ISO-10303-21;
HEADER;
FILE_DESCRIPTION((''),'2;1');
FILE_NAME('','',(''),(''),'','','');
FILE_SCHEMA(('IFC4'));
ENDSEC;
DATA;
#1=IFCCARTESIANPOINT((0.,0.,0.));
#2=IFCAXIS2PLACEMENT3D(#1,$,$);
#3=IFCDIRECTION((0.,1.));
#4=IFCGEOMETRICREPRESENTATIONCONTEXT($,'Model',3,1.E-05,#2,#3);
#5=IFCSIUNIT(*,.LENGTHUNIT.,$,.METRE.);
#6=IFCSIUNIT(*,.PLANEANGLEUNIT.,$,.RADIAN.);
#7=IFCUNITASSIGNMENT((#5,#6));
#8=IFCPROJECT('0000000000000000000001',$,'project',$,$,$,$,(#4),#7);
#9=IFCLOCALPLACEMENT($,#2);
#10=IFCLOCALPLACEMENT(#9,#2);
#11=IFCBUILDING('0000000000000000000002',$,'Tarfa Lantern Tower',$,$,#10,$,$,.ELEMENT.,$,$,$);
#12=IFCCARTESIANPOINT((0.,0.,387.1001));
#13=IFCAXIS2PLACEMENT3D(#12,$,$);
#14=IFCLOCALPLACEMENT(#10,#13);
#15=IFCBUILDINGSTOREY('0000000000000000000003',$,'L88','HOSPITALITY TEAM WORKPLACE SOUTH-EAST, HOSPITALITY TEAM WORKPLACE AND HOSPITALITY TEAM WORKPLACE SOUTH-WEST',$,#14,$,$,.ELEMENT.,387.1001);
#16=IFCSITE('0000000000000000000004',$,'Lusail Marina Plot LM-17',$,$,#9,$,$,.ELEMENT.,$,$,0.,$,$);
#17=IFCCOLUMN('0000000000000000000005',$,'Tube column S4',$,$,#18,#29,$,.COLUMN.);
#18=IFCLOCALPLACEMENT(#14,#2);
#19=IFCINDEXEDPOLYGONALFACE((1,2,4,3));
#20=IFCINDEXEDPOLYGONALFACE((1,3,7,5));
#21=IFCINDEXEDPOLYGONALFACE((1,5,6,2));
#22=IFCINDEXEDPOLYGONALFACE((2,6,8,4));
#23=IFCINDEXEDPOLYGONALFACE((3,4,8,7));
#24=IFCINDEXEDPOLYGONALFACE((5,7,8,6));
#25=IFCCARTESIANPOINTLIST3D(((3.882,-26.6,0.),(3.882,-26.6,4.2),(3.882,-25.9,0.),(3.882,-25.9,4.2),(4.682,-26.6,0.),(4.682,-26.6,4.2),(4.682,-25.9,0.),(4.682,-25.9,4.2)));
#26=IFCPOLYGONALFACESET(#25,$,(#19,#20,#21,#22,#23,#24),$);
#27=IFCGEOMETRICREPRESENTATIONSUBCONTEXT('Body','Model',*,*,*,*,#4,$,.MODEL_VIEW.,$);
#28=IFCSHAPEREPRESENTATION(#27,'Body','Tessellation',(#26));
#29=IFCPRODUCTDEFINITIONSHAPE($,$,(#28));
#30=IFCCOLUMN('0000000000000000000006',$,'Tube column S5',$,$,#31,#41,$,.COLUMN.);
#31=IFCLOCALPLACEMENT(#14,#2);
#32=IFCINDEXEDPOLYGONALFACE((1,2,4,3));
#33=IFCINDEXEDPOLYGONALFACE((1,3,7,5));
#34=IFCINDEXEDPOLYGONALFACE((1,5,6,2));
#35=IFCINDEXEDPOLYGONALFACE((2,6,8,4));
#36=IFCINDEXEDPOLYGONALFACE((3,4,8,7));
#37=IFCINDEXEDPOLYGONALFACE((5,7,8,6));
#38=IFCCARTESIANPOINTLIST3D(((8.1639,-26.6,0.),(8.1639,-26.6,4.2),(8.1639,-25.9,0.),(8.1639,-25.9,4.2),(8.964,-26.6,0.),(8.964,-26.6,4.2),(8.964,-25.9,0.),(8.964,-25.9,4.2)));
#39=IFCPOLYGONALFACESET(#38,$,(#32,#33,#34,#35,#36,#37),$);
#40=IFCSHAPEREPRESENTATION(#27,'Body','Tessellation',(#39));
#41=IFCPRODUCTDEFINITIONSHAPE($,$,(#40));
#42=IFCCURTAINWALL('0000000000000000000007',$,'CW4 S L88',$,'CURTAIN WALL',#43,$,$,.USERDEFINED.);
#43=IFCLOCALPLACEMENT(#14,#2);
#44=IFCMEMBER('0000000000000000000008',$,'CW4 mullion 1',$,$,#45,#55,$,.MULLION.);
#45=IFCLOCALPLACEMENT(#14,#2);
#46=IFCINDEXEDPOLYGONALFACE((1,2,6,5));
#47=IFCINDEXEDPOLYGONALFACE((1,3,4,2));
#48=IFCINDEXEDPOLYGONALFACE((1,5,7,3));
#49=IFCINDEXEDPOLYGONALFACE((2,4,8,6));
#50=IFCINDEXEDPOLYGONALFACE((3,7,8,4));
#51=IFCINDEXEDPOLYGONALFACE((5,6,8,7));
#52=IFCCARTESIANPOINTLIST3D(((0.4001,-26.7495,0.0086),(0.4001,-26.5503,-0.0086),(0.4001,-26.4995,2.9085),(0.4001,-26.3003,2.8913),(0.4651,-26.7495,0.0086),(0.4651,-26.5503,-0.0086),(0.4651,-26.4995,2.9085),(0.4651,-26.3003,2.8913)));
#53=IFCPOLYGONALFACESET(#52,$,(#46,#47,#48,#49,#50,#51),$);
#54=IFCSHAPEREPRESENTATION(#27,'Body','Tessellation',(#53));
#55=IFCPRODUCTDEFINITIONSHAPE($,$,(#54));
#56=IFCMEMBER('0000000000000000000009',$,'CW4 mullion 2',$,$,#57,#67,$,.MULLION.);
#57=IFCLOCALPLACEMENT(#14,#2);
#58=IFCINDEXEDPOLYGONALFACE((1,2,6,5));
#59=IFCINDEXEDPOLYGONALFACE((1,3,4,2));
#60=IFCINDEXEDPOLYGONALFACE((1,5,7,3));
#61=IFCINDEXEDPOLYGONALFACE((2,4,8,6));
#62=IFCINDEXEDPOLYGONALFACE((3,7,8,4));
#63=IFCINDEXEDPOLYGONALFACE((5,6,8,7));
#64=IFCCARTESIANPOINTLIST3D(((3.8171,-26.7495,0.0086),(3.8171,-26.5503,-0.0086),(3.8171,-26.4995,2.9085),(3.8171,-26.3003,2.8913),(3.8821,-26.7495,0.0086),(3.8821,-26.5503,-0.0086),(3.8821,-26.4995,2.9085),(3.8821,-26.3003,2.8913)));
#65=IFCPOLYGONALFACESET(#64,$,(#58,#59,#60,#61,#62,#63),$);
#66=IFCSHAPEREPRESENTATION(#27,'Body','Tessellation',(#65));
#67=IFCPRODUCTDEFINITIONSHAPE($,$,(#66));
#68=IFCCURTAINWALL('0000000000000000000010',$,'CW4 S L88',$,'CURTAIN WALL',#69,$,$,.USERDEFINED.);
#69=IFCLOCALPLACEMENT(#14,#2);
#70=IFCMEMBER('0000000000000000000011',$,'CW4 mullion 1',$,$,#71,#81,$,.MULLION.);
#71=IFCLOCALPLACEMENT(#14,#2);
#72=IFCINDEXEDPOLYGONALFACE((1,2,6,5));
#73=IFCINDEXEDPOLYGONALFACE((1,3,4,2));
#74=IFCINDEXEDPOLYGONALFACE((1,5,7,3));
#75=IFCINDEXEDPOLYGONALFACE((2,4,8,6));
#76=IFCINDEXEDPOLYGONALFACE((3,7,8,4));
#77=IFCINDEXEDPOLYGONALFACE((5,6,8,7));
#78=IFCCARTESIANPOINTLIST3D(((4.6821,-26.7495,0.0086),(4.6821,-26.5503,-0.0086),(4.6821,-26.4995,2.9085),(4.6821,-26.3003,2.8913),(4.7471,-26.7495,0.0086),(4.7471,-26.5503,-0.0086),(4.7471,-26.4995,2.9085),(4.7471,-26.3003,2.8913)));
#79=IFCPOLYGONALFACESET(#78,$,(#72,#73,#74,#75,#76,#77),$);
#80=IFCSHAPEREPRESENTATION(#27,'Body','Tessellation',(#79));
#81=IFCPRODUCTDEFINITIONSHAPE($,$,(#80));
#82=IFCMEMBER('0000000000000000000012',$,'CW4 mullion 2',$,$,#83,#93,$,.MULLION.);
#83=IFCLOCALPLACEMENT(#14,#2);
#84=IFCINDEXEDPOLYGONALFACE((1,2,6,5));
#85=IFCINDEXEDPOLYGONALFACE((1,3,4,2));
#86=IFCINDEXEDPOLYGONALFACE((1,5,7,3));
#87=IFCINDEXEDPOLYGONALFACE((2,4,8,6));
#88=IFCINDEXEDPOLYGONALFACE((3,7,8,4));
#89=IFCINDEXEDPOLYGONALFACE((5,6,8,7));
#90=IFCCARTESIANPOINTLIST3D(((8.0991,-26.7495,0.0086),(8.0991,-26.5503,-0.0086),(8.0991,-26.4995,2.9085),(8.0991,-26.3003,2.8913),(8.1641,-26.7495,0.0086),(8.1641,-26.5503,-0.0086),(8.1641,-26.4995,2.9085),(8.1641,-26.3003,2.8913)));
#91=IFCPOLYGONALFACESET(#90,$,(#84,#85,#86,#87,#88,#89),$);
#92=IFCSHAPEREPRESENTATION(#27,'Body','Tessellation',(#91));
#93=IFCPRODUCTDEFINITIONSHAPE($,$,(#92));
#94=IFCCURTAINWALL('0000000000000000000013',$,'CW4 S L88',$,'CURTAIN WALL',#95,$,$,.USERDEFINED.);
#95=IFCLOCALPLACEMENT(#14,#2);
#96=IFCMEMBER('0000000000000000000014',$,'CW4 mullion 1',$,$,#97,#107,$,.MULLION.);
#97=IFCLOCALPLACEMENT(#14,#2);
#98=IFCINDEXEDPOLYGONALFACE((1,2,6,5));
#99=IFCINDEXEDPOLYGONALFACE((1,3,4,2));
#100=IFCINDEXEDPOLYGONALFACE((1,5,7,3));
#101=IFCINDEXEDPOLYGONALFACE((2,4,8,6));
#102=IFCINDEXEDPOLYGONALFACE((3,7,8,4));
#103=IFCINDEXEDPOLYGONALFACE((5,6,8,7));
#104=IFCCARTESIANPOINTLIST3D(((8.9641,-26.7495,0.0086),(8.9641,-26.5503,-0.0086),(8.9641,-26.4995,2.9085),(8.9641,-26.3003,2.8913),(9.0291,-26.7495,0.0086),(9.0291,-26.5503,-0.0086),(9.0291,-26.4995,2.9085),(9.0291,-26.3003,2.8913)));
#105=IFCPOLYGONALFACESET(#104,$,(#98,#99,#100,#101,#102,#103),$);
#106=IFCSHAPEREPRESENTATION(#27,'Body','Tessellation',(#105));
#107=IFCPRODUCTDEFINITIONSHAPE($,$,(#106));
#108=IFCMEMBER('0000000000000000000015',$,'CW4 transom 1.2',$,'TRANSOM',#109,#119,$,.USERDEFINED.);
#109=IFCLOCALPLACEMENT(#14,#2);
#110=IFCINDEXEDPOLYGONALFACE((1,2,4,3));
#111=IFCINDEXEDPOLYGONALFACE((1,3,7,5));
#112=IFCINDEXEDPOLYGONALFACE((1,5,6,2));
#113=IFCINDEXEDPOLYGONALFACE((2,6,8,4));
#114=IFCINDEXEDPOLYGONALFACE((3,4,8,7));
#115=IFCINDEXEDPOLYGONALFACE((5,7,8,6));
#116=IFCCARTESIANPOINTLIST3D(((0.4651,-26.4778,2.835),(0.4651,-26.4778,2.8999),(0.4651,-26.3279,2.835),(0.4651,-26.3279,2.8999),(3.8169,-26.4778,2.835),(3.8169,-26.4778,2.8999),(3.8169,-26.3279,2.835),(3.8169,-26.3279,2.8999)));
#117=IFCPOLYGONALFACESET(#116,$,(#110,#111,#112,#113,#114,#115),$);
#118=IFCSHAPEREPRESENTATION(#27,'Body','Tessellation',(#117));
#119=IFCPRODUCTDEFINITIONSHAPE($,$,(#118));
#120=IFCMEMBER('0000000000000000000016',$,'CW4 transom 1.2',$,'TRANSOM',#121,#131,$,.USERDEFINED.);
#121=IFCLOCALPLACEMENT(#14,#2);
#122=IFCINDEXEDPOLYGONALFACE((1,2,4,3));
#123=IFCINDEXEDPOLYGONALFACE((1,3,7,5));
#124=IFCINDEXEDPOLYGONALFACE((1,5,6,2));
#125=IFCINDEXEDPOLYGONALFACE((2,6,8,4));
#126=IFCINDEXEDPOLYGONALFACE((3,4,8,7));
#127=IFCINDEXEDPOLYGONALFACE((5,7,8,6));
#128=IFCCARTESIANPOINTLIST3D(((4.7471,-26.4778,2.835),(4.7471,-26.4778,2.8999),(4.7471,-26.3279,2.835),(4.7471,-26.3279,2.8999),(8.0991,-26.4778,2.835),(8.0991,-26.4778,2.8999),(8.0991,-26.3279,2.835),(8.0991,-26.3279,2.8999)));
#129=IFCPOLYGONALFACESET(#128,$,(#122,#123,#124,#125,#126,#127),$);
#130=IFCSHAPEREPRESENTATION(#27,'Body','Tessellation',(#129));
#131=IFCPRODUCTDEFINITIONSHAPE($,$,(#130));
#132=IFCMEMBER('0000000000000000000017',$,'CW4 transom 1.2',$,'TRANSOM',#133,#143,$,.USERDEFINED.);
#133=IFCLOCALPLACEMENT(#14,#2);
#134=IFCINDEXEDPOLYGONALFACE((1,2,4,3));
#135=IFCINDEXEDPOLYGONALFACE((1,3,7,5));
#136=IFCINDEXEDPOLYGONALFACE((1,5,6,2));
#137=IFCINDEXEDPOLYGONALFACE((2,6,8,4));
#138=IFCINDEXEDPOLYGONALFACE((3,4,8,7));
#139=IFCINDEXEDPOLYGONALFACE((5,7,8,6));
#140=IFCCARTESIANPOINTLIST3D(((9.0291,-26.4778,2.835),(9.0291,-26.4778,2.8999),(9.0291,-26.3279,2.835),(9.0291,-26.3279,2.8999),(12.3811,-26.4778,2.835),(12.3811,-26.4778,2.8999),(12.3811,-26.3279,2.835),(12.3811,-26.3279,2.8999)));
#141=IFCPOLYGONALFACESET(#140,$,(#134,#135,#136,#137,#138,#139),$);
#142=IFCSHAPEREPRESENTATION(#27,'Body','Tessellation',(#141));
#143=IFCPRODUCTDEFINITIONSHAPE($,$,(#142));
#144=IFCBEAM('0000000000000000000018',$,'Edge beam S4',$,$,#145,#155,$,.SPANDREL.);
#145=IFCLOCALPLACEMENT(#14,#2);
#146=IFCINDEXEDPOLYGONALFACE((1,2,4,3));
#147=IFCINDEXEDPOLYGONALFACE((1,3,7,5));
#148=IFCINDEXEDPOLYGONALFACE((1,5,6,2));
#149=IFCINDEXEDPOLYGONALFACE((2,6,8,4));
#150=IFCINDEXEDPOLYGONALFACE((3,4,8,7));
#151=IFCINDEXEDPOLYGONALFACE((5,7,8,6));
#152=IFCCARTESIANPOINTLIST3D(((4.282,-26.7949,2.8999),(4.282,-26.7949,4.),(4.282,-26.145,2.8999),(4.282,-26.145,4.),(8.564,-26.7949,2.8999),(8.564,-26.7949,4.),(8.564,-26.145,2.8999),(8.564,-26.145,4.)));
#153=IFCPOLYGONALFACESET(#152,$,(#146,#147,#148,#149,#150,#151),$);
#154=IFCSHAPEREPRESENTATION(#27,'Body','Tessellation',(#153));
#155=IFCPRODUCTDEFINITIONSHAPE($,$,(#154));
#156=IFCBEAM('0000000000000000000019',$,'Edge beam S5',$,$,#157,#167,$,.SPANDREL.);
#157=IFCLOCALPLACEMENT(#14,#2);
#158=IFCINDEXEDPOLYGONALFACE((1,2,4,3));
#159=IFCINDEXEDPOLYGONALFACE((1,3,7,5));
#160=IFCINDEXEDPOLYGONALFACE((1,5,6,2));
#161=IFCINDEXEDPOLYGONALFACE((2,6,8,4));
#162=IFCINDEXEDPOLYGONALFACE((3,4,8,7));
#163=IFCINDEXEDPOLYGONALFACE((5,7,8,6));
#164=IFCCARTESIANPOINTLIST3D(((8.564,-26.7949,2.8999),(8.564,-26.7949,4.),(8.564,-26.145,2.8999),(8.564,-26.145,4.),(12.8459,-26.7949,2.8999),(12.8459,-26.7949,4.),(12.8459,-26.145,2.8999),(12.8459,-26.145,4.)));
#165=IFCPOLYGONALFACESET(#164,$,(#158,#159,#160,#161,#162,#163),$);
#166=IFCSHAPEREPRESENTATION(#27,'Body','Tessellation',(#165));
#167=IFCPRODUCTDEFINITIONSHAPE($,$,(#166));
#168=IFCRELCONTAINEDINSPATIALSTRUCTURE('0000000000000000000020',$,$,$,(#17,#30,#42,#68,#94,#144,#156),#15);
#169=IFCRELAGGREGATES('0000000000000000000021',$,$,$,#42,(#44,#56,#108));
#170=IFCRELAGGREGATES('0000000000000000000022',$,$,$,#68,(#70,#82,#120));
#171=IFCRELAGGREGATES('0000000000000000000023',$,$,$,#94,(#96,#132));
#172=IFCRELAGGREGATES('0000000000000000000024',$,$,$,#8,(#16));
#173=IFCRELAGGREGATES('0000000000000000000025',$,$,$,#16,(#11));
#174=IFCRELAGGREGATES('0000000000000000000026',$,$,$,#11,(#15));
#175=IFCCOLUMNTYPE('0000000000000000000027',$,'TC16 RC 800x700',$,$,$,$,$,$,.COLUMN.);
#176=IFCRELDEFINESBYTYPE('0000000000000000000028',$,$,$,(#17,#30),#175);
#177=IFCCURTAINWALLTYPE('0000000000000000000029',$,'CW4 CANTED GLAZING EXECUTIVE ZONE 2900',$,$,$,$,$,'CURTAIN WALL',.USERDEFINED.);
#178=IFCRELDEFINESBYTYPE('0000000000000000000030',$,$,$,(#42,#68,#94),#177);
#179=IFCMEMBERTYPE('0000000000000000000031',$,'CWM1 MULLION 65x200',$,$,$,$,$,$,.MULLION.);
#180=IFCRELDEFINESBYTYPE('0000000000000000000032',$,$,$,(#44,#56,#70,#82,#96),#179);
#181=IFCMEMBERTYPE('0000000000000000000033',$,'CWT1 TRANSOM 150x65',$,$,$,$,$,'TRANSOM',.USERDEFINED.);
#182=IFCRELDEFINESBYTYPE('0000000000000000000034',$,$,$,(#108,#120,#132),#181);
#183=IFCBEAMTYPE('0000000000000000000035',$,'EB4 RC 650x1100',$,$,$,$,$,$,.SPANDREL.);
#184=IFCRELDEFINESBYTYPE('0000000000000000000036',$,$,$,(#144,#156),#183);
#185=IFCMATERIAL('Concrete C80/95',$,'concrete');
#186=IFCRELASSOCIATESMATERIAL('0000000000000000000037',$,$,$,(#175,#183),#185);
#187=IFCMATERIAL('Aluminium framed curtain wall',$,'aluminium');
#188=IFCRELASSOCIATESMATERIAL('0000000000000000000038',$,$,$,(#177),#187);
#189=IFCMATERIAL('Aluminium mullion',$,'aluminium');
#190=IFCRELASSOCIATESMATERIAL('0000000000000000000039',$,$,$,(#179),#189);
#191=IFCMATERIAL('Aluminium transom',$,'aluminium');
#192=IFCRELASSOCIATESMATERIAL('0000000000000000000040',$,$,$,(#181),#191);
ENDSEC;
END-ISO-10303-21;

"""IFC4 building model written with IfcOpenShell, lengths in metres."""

from ifc_helpers import new_model, si_unit, direction, frame, origin, origin_2d, place, context, subcontext, project, spatial, rectangle, extrude, material, material_profile, profile_set, type_object, element, aggregate, save


model = new_model("IFC4")

# Units and contexts
model_context = context("Model", 3, precision=1e-05, world=origin(), true_north=direction((0.0, 1.0)))
body_context = subcontext(model_context, "Body", "Model", "MODEL_VIEW")
ifc_project = project(units=[si_unit("LENGTHUNIT", "METRE"), si_unit("PLANEANGLEUNIT", "RADIAN")], contexts=[model_context])

# Site, building, storey
site_placement = place(None, origin())
site = spatial("IfcSite", under=ifc_project, at=site_placement, Name="Lusail Marina Plot LM-17", CompositionType="ELEMENT", RefElevation=0.0)
building_placement = place(site_placement, origin())
building = spatial("IfcBuilding", under=site, at=building_placement, Name="Tarfa Lantern Tower", CompositionType="ELEMENT")
storey_placement = place(building_placement, frame((0.0, 0.0, 387.1001)))
storey = spatial("IfcBuildingStorey", under=building, at=storey_placement, Name="L88", Description="HOSPITALITY TEAM WORKPLACE SOUTH-EAST, HOSPITALITY TEAM WORKPLACE AND HOSPITALITY TEAM WORKPLACE SOUTH-WEST", CompositionType="ELEMENT", Elevation=387.1001)

# Columns
ifc_material_1 = material(Name="Concrete C80/95", Category="concrete")
ifc_material_profile_1 = material_profile(ifc_material_1, rectangle(XDim=0.8, YDim=0.7, at=origin_2d()), Name="RC 800x700")
ifc_profile_set_1 = profile_set([ifc_material_profile_1], Name="Concrete C80/95")
column_type = type_object("IfcColumnType", Name="TC16 RC 800x700", PredefinedType="COLUMN", material=ifc_profile_set_1)
for number, where, z_axis, x_axis, name in (
    (1, (4.282, -26.25, 0.0), (0.0, 0.0, 1.0), (1.0, 0.0, 0.0), "Tube column S4"),
    (2, (8.564, -26.25, 0.0), (0.0, 0.0, 1.0), (1.0, 0.0, 0.0), "Tube column S5"),
):
    element("IfcColumn", number, at=place(storey_placement, frame(where, z_axis=z_axis, x_axis=x_axis)), inside=storey, type_object=column_type, Name=name, PredefinedType="COLUMN", context=body_context, shape_type="SweptSolid", body=[
        extrude(rectangle(XDim=0.8, YDim=0.7, at=origin_2d()), origin(), (0.0, 0.0, 1.0), 4.2),
    ])

# Curtain walls, members
ifc_material_2 = material(Name="Aluminium framed curtain wall", Category="aluminium")
curtain_wall_type = type_object("IfcCurtainWallType", Name="CW4 CANTED GLAZING EXECUTIVE ZONE 2900", ElementType="CURTAIN WALL", PredefinedType="USERDEFINED", material=ifc_material_2)
curtain_wall_1_placement = place(storey_placement, origin())
curtain_wall_1 = element("IfcCurtainWall", 3, at=curtain_wall_1_placement, inside=storey, type_object=curtain_wall_type, Name="CW4 S L88", ObjectType="CURTAIN WALL", PredefinedType="USERDEFINED")
ifc_material_3 = material(Name="Aluminium mullion", Category="aluminium")
ifc_material_profile_2 = material_profile(ifc_material_3, rectangle(XDim=0.0649, YDim=0.2, at=origin_2d()), Name="AL MULLION 65x200")
ifc_profile_set_2 = profile_set([ifc_material_profile_2], Name="Aluminium mullion")
member_type_1 = type_object("IfcMemberType", Name="CWM1 MULLION 65x200", PredefinedType="MULLION", material=ifc_profile_set_2)
member_1_placement = place(storey_placement, frame((0.4326, -26.6499, 0.0), z_axis=(0.0, 0.085891, 0.996305), x_axis=(-1.0, 0.0, 0.0)))
member_1 = element("IfcMember", 4, at=member_1_placement, type_object=member_type_1, Name="CW4 mullion 1", PredefinedType="MULLION", context=body_context, shape_type="SweptSolid", body=[
    extrude(rectangle(XDim=0.0649, YDim=0.2, at=origin_2d()), origin(), (0.0, 0.0, 1.0), 2.9106),
])
member_2_placement = place(storey_placement, frame((3.8496, -26.6499, 0.0), z_axis=(0.0, 0.085891, 0.996305), x_axis=(-1.0, 0.0, 0.0)))
member_2 = element("IfcMember", 5, at=member_2_placement, type_object=member_type_1, Name="CW4 mullion 2", PredefinedType="MULLION", context=body_context, shape_type="SweptSolid", body=[
    extrude(rectangle(XDim=0.0649, YDim=0.2, at=origin_2d()), origin(), (0.0, 0.0, 1.0), 2.9106),
])
curtain_wall_2_placement = place(storey_placement, origin())
curtain_wall_2 = element("IfcCurtainWall", 6, at=curtain_wall_2_placement, inside=storey, type_object=curtain_wall_type, Name="CW4 S L88", ObjectType="CURTAIN WALL", PredefinedType="USERDEFINED")
member_3_placement = place(storey_placement, frame((4.7146, -26.6499, 0.0), z_axis=(0.0, 0.085891, 0.996305), x_axis=(-1.0, 0.0, 0.0)))
member_3 = element("IfcMember", 7, at=member_3_placement, type_object=member_type_1, Name="CW4 mullion 1", PredefinedType="MULLION", context=body_context, shape_type="SweptSolid", body=[
    extrude(rectangle(XDim=0.0649, YDim=0.2, at=origin_2d()), origin(), (0.0, 0.0, 1.0), 2.9106),
])
member_4_placement = place(storey_placement, frame((8.1316, -26.6499, 0.0), z_axis=(0.0, 0.085891, 0.996305), x_axis=(-1.0, 0.0, 0.0)))
member_4 = element("IfcMember", 8, at=member_4_placement, type_object=member_type_1, Name="CW4 mullion 2", PredefinedType="MULLION", context=body_context, shape_type="SweptSolid", body=[
    extrude(rectangle(XDim=0.0649, YDim=0.2, at=origin_2d()), origin(), (0.0, 0.0, 1.0), 2.9106),
])

# Curtain wall, member
curtain_wall_3_placement = place(storey_placement, origin())
curtain_wall_3 = element("IfcCurtainWall", 9, at=curtain_wall_3_placement, inside=storey, type_object=curtain_wall_type, Name="CW4 S L88", ObjectType="CURTAIN WALL", PredefinedType="USERDEFINED")
member_5_placement = place(storey_placement, frame((8.9966, -26.6499, 0.0), z_axis=(0.0, 0.085891, 0.996305), x_axis=(-1.0, 0.0, 0.0)))
member_5 = element("IfcMember", 10, at=member_5_placement, type_object=member_type_1, Name="CW4 mullion 1", PredefinedType="MULLION", context=body_context, shape_type="SweptSolid", body=[
    extrude(rectangle(XDim=0.0649, YDim=0.2, at=origin_2d()), origin(), (0.0, 0.0, 1.0), 2.9106),
])

# Members
ifc_material_4 = material(Name="Aluminium transom", Category="aluminium")
ifc_material_profile_3 = material_profile(ifc_material_4, rectangle(XDim=0.1499, YDim=0.0649, at=origin_2d()), Name="AL TRANSOM 150x65")
ifc_profile_set_3 = profile_set([ifc_material_profile_3], Name="Aluminium transom")
member_type_2 = type_object("IfcMemberType", Name="CWT1 TRANSOM 150x65", ElementType="TRANSOM", PredefinedType="USERDEFINED", material=ifc_profile_set_3)
member_6_placement = place(storey_placement, frame((0.4651, -26.4028, 2.8674), z_axis=(1.0, 0.0, 0.0), x_axis=(0.0, 1.0, 0.0)))
member_6 = element("IfcMember", 11, at=member_6_placement, type_object=member_type_2, Name="CW4 transom 1.2", ObjectType="TRANSOM", PredefinedType="USERDEFINED", context=body_context, shape_type="SweptSolid", body=[
    extrude(rectangle(XDim=0.1499, YDim=0.0649, at=origin_2d()), origin(), (0.0, 0.0, 1.0), 3.3518),
])
member_7_placement = place(storey_placement, frame((4.7471, -26.4028, 2.8674), z_axis=(1.0, 0.0, 0.0), x_axis=(0.0, 1.0, 0.0)))
member_7 = element("IfcMember", 12, at=member_7_placement, type_object=member_type_2, Name="CW4 transom 1.2", ObjectType="TRANSOM", PredefinedType="USERDEFINED", context=body_context, shape_type="SweptSolid", body=[
    extrude(rectangle(XDim=0.1499, YDim=0.0649, at=origin_2d()), origin(), (0.0, 0.0, 1.0), 3.3521),
])
member_8_placement = place(storey_placement, frame((9.0291, -26.4028, 2.8674), z_axis=(1.0, 0.0, 0.0), x_axis=(0.0, 1.0, 0.0)))
member_8 = element("IfcMember", 13, at=member_8_placement, type_object=member_type_2, Name="CW4 transom 1.2", ObjectType="TRANSOM", PredefinedType="USERDEFINED", context=body_context, shape_type="SweptSolid", body=[
    extrude(rectangle(XDim=0.1499, YDim=0.0649, at=origin_2d()), origin(), (0.0, 0.0, 1.0), 3.3521),
])

# Beams
ifc_material_profile_4 = material_profile(ifc_material_1, rectangle(XDim=0.6499, YDim=1.1001, at=origin_2d()), Name="RC 650x1100")
ifc_profile_set_4 = profile_set([ifc_material_profile_4], Name="Concrete C80/95")
beam_type_1 = type_object("IfcBeamType", Name="EB4 RC 650x1100", PredefinedType="SPANDREL", material=ifc_profile_set_4)
for number, where, z_axis, x_axis, name in (
    (14, (4.282, -26.47, 3.45), (1.0, 0.0, 0.0), (0.0, 1.0, 0.0), "Edge beam S4"),
    (15, (8.564, -26.47, 3.45), (1.0, 0.0, 0.0), (0.0, 1.0, 0.0), "Edge beam S5"),
):
    element("IfcBeam", number, at=place(storey_placement, frame(where, z_axis=z_axis, x_axis=x_axis)), inside=storey, type_object=beam_type_1, Name=name, PredefinedType="SPANDREL", context=body_context, shape_type="SweptSolid", body=[
        extrude(rectangle(XDim=0.6499, YDim=1.1001, at=origin_2d()), origin(), (0.0, 0.0, 1.0), 4.282),
    ])

aggregate(curtain_wall_1, [member_1, member_2, member_6])
aggregate(curtain_wall_2, [member_3, member_4, member_7])
aggregate(curtain_wall_3, [member_5, member_8])

save(model, "model.ifc")
